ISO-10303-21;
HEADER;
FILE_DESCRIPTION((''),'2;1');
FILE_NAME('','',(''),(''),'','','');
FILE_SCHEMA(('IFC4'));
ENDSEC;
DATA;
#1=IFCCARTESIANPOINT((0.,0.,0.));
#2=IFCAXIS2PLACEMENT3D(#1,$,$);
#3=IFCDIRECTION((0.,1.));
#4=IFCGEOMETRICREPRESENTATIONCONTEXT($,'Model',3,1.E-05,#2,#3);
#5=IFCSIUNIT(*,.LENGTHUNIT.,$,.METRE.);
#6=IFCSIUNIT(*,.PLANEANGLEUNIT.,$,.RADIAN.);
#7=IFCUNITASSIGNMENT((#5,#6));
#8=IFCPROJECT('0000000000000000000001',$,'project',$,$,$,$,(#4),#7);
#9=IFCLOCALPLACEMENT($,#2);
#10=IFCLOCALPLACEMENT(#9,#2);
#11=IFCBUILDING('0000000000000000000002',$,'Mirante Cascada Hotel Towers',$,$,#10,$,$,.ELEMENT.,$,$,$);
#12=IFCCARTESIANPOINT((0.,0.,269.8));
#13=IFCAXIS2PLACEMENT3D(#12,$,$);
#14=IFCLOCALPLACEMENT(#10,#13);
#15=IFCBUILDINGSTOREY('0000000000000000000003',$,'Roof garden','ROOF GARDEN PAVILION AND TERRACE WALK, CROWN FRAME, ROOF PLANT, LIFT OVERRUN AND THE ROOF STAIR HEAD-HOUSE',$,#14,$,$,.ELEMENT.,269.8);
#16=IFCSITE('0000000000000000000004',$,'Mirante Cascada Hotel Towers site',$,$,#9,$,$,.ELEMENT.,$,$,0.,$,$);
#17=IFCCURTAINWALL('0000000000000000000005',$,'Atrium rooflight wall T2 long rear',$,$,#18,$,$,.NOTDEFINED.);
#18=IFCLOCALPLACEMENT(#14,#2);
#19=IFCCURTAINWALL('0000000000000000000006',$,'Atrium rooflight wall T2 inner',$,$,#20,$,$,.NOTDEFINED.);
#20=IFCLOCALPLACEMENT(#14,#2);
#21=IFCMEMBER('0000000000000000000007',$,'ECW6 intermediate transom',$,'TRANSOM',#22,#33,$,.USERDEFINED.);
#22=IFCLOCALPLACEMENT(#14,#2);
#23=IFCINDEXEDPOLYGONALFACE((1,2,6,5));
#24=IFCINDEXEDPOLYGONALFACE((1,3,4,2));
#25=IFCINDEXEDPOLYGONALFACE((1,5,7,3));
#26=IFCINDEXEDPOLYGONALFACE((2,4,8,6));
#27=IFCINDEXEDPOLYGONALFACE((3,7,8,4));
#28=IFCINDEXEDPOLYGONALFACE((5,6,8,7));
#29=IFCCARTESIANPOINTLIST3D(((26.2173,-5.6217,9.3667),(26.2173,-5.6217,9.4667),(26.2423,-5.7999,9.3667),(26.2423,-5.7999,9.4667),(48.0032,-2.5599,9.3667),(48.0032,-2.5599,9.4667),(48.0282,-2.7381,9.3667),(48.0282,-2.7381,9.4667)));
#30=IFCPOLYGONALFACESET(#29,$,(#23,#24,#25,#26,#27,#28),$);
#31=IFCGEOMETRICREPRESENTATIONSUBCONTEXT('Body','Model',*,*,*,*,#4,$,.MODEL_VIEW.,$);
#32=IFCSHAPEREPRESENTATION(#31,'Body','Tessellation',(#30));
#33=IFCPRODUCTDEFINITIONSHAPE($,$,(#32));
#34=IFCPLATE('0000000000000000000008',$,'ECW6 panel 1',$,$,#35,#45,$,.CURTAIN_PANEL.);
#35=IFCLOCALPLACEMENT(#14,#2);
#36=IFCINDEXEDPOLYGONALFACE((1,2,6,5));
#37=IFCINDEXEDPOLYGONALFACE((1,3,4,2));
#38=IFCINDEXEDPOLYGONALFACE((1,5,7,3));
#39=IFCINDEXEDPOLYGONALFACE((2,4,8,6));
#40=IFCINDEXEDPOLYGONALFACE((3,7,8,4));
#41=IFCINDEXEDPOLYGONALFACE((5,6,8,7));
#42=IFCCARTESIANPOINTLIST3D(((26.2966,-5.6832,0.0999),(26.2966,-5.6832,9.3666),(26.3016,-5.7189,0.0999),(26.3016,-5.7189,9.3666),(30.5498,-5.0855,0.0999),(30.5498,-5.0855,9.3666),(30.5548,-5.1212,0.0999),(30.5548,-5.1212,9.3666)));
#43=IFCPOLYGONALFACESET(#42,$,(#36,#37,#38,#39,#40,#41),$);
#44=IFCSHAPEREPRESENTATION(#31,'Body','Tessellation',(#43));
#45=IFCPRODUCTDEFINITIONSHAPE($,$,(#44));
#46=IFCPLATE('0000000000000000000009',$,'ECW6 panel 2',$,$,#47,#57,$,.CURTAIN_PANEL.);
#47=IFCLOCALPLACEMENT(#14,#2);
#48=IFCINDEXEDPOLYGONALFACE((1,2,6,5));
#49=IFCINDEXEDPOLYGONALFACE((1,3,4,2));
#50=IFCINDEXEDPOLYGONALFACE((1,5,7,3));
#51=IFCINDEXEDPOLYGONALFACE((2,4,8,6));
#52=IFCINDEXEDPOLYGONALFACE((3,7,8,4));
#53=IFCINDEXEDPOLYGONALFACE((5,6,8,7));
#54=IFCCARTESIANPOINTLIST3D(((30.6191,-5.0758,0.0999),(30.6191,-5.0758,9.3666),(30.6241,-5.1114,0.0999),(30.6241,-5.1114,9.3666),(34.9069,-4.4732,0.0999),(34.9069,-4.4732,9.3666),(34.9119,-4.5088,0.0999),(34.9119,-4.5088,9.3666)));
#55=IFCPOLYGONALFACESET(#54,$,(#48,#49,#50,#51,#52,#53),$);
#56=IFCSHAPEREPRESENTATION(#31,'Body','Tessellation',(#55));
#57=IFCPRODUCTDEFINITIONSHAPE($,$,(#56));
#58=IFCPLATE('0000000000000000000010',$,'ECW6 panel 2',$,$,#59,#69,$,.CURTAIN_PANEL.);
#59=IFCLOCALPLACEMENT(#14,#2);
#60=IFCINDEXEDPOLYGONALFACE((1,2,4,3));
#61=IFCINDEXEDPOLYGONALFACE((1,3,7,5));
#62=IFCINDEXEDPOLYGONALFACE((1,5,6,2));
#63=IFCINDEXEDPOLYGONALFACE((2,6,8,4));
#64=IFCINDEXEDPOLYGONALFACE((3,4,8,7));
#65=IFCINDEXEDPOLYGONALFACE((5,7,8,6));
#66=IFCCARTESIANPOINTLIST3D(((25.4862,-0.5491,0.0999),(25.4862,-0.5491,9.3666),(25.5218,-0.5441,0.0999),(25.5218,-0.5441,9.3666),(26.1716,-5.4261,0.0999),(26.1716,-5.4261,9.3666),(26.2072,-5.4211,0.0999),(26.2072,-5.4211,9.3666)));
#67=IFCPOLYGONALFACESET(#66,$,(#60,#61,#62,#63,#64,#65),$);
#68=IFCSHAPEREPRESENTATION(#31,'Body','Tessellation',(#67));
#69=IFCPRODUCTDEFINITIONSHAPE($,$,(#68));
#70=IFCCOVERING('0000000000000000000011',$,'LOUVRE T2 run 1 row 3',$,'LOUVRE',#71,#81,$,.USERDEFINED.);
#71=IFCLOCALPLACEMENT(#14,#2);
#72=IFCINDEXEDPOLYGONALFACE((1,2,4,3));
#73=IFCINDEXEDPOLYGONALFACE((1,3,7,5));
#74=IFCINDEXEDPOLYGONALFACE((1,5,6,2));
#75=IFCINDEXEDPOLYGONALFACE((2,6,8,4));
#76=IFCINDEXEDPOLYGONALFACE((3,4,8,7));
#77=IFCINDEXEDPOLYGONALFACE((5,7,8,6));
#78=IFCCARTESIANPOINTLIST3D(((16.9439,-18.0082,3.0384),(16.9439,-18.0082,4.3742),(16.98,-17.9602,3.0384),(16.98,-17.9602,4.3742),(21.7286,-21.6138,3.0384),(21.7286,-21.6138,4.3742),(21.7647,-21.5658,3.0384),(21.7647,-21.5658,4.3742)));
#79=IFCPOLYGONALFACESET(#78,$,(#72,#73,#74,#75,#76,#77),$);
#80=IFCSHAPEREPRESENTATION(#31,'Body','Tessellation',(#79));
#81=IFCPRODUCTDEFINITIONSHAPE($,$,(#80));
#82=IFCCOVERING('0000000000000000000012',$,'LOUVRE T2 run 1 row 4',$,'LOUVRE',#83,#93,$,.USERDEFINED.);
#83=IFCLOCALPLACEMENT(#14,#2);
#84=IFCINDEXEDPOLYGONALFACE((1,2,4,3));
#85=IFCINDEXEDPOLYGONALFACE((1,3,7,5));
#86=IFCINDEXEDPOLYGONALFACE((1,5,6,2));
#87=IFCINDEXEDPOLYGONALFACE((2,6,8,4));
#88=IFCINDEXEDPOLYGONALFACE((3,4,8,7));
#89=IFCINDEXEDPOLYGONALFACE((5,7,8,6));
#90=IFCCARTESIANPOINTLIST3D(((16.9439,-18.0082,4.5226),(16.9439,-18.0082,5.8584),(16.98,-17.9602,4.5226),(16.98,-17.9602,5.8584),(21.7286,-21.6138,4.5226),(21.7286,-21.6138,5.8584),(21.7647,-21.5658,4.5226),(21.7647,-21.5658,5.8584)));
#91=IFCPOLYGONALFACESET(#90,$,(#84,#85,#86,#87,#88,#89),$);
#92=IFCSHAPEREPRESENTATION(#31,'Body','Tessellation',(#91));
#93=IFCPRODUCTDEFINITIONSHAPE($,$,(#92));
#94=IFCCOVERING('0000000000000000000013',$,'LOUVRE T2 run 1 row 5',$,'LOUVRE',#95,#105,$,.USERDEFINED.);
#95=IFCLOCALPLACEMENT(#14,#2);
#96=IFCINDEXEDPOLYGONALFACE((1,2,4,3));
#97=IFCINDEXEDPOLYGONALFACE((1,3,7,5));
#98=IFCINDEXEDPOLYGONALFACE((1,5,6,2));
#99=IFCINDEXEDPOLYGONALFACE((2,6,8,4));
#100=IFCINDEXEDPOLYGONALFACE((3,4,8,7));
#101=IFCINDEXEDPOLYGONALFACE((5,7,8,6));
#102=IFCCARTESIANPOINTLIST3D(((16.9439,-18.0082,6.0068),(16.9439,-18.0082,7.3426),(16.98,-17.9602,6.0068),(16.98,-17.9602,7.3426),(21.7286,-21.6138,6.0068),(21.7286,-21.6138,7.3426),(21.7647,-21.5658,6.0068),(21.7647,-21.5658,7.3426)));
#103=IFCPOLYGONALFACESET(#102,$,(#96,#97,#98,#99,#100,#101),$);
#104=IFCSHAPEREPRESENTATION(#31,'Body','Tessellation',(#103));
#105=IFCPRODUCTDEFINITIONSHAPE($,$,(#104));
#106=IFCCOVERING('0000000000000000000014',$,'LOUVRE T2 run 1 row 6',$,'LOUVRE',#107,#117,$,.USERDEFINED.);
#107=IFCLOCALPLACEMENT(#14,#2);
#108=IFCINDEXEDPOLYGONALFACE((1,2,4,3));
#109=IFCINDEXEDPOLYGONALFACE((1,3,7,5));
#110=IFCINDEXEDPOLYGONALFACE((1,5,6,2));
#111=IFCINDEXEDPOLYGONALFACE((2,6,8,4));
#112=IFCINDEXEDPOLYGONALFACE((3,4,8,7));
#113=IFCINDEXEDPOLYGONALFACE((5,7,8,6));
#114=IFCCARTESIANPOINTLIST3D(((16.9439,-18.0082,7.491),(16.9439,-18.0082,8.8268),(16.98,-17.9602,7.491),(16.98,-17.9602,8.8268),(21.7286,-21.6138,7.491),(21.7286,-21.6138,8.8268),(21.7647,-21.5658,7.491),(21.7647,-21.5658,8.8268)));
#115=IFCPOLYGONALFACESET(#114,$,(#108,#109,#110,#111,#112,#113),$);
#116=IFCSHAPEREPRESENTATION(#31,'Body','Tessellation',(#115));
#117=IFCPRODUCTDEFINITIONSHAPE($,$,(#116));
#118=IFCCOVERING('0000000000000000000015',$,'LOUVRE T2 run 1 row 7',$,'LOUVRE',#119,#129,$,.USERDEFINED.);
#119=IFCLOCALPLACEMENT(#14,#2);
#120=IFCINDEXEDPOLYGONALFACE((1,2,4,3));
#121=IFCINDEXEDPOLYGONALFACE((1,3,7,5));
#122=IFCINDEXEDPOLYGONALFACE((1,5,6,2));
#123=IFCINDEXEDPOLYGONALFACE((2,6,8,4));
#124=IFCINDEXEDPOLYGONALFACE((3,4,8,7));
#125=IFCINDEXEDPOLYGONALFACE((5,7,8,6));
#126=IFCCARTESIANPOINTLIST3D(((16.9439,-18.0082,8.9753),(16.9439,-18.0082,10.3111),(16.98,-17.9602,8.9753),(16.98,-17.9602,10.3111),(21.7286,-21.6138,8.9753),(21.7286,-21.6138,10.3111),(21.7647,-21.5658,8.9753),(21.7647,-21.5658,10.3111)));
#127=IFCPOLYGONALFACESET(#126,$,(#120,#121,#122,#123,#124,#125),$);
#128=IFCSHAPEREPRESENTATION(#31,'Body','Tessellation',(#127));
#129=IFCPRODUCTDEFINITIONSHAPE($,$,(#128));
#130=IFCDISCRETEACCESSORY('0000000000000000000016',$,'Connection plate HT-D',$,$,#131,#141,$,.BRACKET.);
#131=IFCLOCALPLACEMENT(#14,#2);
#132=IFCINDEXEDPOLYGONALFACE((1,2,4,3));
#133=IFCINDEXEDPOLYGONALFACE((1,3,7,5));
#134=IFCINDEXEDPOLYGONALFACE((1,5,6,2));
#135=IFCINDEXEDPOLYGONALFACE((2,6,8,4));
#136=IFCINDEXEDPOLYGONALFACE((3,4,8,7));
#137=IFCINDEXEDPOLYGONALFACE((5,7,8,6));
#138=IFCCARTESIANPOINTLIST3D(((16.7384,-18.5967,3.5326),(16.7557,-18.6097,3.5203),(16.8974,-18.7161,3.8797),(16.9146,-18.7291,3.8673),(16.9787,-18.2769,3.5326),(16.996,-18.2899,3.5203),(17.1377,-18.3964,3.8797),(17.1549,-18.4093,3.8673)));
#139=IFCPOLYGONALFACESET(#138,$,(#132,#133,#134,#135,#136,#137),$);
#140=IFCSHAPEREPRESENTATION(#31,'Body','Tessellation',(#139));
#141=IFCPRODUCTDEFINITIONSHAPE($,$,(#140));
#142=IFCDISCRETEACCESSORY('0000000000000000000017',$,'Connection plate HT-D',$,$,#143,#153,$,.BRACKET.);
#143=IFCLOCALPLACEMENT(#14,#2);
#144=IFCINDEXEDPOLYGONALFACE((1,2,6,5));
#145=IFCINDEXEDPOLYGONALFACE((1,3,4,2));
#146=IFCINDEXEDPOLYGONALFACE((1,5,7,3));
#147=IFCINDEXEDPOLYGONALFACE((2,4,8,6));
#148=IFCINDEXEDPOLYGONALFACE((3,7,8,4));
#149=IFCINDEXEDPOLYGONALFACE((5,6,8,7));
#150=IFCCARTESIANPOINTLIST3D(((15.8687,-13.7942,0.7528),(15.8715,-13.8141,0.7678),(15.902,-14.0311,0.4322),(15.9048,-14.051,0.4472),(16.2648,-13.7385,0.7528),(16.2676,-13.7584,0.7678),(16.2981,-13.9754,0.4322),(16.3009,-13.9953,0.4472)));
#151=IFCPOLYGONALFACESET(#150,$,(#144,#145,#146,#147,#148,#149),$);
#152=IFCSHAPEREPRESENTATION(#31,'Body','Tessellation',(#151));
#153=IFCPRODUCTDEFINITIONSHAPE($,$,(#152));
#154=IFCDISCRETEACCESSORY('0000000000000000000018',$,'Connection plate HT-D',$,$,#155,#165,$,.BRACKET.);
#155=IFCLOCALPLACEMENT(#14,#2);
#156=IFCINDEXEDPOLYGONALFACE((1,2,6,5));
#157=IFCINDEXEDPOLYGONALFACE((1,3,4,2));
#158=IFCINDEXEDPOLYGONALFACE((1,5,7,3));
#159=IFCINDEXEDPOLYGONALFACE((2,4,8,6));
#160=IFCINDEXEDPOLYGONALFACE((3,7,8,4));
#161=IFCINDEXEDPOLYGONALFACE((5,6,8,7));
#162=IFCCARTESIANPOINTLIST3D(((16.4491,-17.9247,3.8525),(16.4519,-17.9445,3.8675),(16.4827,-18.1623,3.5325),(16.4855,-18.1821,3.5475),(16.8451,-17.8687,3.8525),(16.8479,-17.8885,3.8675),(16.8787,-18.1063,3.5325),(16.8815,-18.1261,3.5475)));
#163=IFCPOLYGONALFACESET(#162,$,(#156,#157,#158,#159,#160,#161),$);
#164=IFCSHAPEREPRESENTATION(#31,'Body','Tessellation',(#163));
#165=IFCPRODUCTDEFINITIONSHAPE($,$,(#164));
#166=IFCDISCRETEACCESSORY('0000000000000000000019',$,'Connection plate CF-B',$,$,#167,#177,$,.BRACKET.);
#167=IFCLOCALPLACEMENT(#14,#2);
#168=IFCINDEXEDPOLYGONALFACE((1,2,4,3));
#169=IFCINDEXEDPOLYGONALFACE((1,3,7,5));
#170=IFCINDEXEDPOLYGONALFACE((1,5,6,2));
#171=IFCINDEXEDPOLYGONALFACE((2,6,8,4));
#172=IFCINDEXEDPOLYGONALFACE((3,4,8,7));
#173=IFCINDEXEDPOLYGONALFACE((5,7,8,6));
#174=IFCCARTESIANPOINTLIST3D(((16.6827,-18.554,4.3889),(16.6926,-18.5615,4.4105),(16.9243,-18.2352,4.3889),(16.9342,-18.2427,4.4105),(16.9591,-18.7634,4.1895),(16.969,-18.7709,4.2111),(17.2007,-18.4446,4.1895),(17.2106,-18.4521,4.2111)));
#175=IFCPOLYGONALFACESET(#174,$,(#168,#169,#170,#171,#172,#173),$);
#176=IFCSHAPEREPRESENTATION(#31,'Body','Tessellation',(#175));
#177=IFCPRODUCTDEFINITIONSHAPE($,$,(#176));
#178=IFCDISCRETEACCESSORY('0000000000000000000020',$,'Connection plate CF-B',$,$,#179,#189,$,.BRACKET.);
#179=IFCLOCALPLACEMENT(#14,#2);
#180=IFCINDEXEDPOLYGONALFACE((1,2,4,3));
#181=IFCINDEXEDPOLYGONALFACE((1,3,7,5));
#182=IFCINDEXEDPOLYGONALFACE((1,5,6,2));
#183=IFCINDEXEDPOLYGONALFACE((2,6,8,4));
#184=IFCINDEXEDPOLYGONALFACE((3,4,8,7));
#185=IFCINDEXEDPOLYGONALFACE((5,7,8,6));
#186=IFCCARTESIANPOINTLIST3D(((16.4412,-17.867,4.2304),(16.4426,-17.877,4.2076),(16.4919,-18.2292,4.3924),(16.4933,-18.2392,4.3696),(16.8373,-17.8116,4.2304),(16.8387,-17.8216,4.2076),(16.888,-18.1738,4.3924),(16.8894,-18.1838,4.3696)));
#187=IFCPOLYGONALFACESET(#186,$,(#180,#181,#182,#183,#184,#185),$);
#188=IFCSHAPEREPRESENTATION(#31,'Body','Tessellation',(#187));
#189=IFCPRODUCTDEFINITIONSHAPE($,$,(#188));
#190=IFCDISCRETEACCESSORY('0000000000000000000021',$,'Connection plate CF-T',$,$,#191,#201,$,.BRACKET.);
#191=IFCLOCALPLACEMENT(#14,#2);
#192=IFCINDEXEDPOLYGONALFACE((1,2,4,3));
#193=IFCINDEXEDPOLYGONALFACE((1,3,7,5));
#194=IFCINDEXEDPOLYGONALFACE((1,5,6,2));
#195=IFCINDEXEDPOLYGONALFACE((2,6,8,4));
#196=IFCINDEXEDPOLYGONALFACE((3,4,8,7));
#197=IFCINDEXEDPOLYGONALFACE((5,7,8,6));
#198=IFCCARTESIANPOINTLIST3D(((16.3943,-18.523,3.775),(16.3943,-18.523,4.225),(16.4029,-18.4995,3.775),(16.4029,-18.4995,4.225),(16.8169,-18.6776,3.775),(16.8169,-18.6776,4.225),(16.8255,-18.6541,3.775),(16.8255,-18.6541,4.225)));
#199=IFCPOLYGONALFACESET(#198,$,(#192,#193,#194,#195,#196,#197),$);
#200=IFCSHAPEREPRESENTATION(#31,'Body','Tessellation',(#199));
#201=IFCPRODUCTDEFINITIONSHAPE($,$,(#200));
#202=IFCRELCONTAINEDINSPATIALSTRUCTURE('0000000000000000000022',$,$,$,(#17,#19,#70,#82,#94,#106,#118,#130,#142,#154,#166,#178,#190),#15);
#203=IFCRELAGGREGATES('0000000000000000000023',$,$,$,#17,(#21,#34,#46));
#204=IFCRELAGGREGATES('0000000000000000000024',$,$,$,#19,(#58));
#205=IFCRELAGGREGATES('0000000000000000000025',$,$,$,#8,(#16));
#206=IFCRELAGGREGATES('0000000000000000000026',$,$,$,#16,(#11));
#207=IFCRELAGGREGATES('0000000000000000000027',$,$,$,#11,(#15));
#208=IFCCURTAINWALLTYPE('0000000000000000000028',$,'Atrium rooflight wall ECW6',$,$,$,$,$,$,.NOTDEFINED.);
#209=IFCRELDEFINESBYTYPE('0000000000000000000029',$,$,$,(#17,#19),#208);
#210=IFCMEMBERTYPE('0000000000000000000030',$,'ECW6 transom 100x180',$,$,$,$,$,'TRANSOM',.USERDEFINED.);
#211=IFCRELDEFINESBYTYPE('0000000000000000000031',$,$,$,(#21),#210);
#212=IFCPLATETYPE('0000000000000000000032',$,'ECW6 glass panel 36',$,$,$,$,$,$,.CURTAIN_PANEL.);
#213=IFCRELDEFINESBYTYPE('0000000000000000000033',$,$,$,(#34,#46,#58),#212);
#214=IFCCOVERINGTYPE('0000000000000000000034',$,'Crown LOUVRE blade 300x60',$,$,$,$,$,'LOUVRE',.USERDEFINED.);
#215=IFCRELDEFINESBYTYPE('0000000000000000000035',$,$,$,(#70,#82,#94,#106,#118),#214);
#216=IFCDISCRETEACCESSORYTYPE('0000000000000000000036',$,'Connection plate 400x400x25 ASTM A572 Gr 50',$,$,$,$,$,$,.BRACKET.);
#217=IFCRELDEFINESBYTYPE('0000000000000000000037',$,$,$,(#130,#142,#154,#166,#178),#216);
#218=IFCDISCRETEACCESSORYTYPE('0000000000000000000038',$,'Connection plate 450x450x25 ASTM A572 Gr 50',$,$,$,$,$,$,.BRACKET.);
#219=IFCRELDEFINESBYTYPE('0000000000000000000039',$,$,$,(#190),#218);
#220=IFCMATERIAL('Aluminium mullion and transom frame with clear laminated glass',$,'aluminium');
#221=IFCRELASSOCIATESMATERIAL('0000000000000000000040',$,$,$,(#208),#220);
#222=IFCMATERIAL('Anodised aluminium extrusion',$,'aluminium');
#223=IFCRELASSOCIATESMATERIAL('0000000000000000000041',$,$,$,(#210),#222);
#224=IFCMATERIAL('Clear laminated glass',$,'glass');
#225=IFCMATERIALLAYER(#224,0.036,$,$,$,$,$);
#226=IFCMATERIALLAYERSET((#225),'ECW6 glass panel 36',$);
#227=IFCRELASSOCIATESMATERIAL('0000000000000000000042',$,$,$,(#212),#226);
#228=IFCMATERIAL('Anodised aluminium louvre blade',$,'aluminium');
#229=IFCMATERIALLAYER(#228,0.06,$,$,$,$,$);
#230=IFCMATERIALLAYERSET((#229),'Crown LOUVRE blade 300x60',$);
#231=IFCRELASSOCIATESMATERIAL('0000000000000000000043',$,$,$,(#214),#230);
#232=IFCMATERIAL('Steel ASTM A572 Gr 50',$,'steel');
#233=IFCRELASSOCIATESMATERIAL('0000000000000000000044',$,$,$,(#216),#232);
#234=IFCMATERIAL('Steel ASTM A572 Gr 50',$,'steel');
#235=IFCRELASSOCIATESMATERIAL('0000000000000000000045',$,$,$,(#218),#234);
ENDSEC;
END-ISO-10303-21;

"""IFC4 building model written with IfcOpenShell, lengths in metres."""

from ifc_helpers import new_model, si_unit, direction, frame, origin, origin_2d, place, context, subcontext, project, spatial, rectangle, extrude, material, layer, layer_set, material_profile, profile_set, type_object, element, aggregate, save


model = new_model("IFC4")

# Units and contexts
model_context = context("Model", 3, precision=1e-05, world=origin(), true_north=direction((0.0, 1.0)))
body_context = subcontext(model_context, "Body", "Model", "MODEL_VIEW")
ifc_project = project(units=[si_unit("LENGTHUNIT", "METRE"), si_unit("PLANEANGLEUNIT", "RADIAN")], contexts=[model_context])

# Site, building, storey
site_placement = place(None, origin())
site = spatial("IfcSite", under=ifc_project, at=site_placement, Name="Mirante Cascada Hotel Towers site", CompositionType="ELEMENT", RefElevation=0.0)
building_placement = place(site_placement, origin())
building = spatial("IfcBuilding", under=site, at=building_placement, Name="Mirante Cascada Hotel Towers", CompositionType="ELEMENT")
storey_placement = place(building_placement, frame((0.0, 0.0, 269.8)))
storey = spatial("IfcBuildingStorey", under=building, at=storey_placement, Name="Roof garden", Description="ROOF GARDEN PAVILION AND TERRACE WALK, CROWN FRAME, ROOF PLANT, LIFT OVERRUN AND THE ROOF STAIR HEAD-HOUSE", CompositionType="ELEMENT", Elevation=269.8)

# Curtain wall
ifc_material_1 = material(Name="Aluminium mullion and transom frame with clear laminated glass", Category="aluminium")
curtain_wall_type = type_object("IfcCurtainWallType", Name="Atrium rooflight wall ECW6", PredefinedType="NOTDEFINED", material=ifc_material_1)
curtain_wall_1_placement = place(storey_placement, origin())
curtain_wall_1 = element("IfcCurtainWall", 1, at=curtain_wall_1_placement, inside=storey, type_object=curtain_wall_type, Name="Atrium rooflight wall T2 long rear", PredefinedType="NOTDEFINED")

# Curtain wall
curtain_wall_2_placement = place(storey_placement, origin())
curtain_wall_2 = element("IfcCurtainWall", 2, at=curtain_wall_2_placement, inside=storey, type_object=curtain_wall_type, Name="Atrium rooflight wall T2 inner", PredefinedType="NOTDEFINED")

# Member
ifc_material_2 = material(Name="Anodised aluminium extrusion", Category="aluminium")
ifc_material_profile_1 = material_profile(ifc_material_2, rectangle(XDim=0.18, YDim=0.1, at=origin_2d()), Name="ECW6 TRANSOM 100x180")
ifc_profile_set_1 = profile_set([ifc_material_profile_1], Name="Anodised aluminium extrusion")
member_type_1 = type_object("IfcMemberType", Name="ECW6 transom 100x180", ElementType="TRANSOM", PredefinedType="USERDEFINED", material=ifc_profile_set_1)
member_1_placement = place(storey_placement, frame((26.2298, -5.7108, 9.4167), z_axis=(0.990268, 0.139173, 0.0), x_axis=(-0.139173, 0.990268, 0.0)))
member_1 = element("IfcMember", 3, at=member_1_placement, type_object=member_type_1, Name="ECW6 intermediate transom", ObjectType="TRANSOM", PredefinedType="USERDEFINED", context=body_context, shape_type="SweptSolid", body=[
    extrude(rectangle(XDim=0.18, YDim=0.1, at=origin_2d()), origin(), (0.0, 0.0, 1.0), 22.0),
])

# Plates
ifc_material_3 = material(Name="Clear laminated glass", Category="glass")
ifc_layer_1 = layer(ifc_material_3, 0.036)
ifc_layer_set_1 = layer_set([ifc_layer_1], Name="ECW6 glass panel 36")
plate_type = type_object("IfcPlateType", Name="ECW6 glass panel 36", PredefinedType="CURTAIN_PANEL", material=ifc_layer_set_1)
plate_1_placement = place(storey_placement, frame((28.4257, -5.4022, 0.0999), z_axis=(0.0, 0.0, 1.0), x_axis=(0.990268, 0.139173, 0.0)))
plate_1 = element("IfcPlate", 4, at=plate_1_placement, type_object=plate_type, Name="ECW6 panel 1", PredefinedType="CURTAIN_PANEL", context=body_context, shape_type="SweptSolid", body=[
    extrude(rectangle(XDim=4.295, YDim=0.036, at=origin_2d()), origin(), (0.0, 0.0, 1.0), 9.2667),
])
plate_2_placement = place(storey_placement, frame((32.7655, -4.7923, 0.0999), z_axis=(0.0, 0.0, 1.0), x_axis=(0.990268, 0.139173, 0.0)))
plate_2 = element("IfcPlate", 5, at=plate_2_placement, type_object=plate_type, Name="ECW6 panel 2", PredefinedType="CURTAIN_PANEL", context=body_context, shape_type="SweptSolid", body=[
    extrude(rectangle(XDim=4.33, YDim=0.036, at=origin_2d()), origin(), (0.0, 0.0, 1.0), 9.2667),
])
aggregate(curtain_wall_1, [member_1, plate_1, plate_2])
plate_3_placement = place(storey_placement, frame((25.8467, -2.9851, 0.0999), z_axis=(0.0, 0.0, 1.0), x_axis=(0.139173, -0.990268, 0.0)))
plate_3 = element("IfcPlate", 6, at=plate_3_placement, type_object=plate_type, Name="ECW6 panel 2", PredefinedType="CURTAIN_PANEL", context=body_context, shape_type="SweptSolid", body=[
    extrude(rectangle(XDim=4.925, YDim=0.036, at=origin_2d()), origin(), (0.0, 0.0, 1.0), 9.2667),
])
aggregate(curtain_wall_2, [plate_3])

# Coverings
ifc_material_4 = material(Name="Anodised aluminium louvre blade", Category="aluminium")
ifc_layer_2 = layer(ifc_material_4, 0.06)
ifc_layer_set_2 = layer_set([ifc_layer_2], Name="Crown LOUVRE blade 300x60")
covering_type = type_object("IfcCoveringType", Name="Crown LOUVRE blade 300x60", ElementType="LOUVRE", PredefinedType="USERDEFINED", material=ifc_layer_set_2)
for number, where, z_axis, x_axis, name in (
    (7, (19.3543, -19.787, 3.0384), (0.0, 0.0, 1.0), (-0.798636, 0.601815, 0.0), "LOUVRE T2 run 1 row 3"),
    (8, (19.3543, -19.787, 4.5226), (0.0, 0.0, 1.0), (-0.798636, 0.601815, 0.0), "LOUVRE T2 run 1 row 4"),
    (9, (19.3543, -19.787, 6.0068), (0.0, 0.0, 1.0), (-0.798636, 0.601815, 0.0), "LOUVRE T2 run 1 row 5"),
    (10, (19.3543, -19.787, 7.491), (0.0, 0.0, 1.0), (-0.798636, 0.601815, 0.0), "LOUVRE T2 run 1 row 6"),
    (11, (19.3543, -19.787, 8.9753), (0.0, 0.0, 1.0), (-0.798636, 0.601815, 0.0), "LOUVRE T2 run 1 row 7"),
):
    element("IfcCovering", number, at=place(storey_placement, frame(where, z_axis=z_axis, x_axis=x_axis)), inside=storey, type_object=covering_type, Name=name, ObjectType="LOUVRE", PredefinedType="USERDEFINED", context=body_context, shape_type="SweptSolid", body=[
        extrude(rectangle(XDim=5.9912, YDim=0.06, at=origin_2d()), origin(), (0.0, 0.0, 1.0), 1.3358),
    ])

# Discrete accessories
ifc_material_5 = material(Name="Steel ASTM A572 Gr 50", Category="steel")
ifc_material_profile_2 = material_profile(ifc_material_5, rectangle(XDim=0.4, YDim=0.4, at=origin_2d()), Name="Connection plate 400x400x25 ASTM A572 Gr 50")
ifc_profile_set_2 = profile_set([ifc_material_profile_2], Name="Steel ASTM A572 Gr 50")
discrete_accessory_type_1 = type_object("IfcDiscreteAccessoryType", Name="Connection plate 400x400x25 ASTM A572 Gr 50", PredefinedType="BRACKET", material=ifc_profile_set_2)
discrete_accessory_1_placement = place(storey_placement, frame((16.9553, -18.5095, 3.6938), z_axis=(-0.693639, 0.521232, 0.497175), x_axis=(-0.600739, -0.799445, 0.0)))
element("IfcDiscreteAccessory", 12, at=discrete_accessory_1_placement, inside=storey, type_object=discrete_accessory_type_1, Name="Connection plate HT-D", PredefinedType="BRACKET", context=body_context, shape_type="SweptSolid", body=[
    extrude(rectangle(XDim=0.4, YDim=0.4, at=origin_2d()), origin(), (0.0, 0.0, 1.0), 0.0249),
])
discrete_accessory_2_placement = place(storey_placement, frame((16.0834, -13.8848, 0.5925), z_axis=(0.111657, -0.79356, 0.59816), x_axis=(0.990246, 0.139331, 0.0)))
element("IfcDiscreteAccessory", 13, at=discrete_accessory_2_placement, inside=storey, type_object=discrete_accessory_type_1, Name="Connection plate HT-D", PredefinedType="BRACKET", context=body_context, shape_type="SweptSolid", body=[
    extrude(rectangle(XDim=0.4, YDim=0.4, at=origin_2d()), origin(), (0.0, 0.0, 1.0), 0.0251),
])
discrete_accessory_3_placement = place(storey_placement, frame((16.6639, -18.0155, 3.6925), z_axis=(0.112011, -0.792076, 0.600058), x_axis=(0.990148, 0.140021, 0.0)))
element("IfcDiscreteAccessory", 14, at=discrete_accessory_3_placement, inside=storey, type_object=discrete_accessory_type_1, Name="Connection plate HT-D", PredefinedType="BRACKET", context=body_context, shape_type="SweptSolid", body=[
    extrude(rectangle(XDim=0.4, YDim=0.4, at=origin_2d()), origin(), (0.0, 0.0, 1.0), 0.025),
])
for number, where, z_axis, x_axis, name in (
    (15, (16.9417, -18.4993, 4.2892), (0.397331, -0.301008, 0.866904), (0.603858, 0.797092, 0.0), "Connection plate CF-B"),
    (16, (16.666, -18.0304, 4.2886), (-0.056144, 0.401028, 0.914344), (-0.990342, -0.138648, 0.0), "Connection plate CF-B"),
):
    element("IfcDiscreteAccessory", number, at=place(storey_placement, frame(where, z_axis=z_axis, x_axis=x_axis)), inside=storey, type_object=discrete_accessory_type_1, Name=name, PredefinedType="BRACKET", context=body_context, shape_type="SweptSolid", body=[
        extrude(rectangle(XDim=0.4, YDim=0.4, at=origin_2d()), origin(), (0.0, 0.0, 1.0), 0.0249),
    ])
ifc_material_6 = material(Name="Steel ASTM A572 Gr 50", Category="steel")
ifc_material_profile_3 = material_profile(ifc_material_6, rectangle(XDim=0.45, YDim=0.45, at=origin_2d()), Name="Connection plate 450x450x25 ASTM A572 Gr 50")
ifc_profile_set_3 = profile_set([ifc_material_profile_3], Name="Steel ASTM A572 Gr 50")
discrete_accessory_type_2 = type_object("IfcDiscreteAccessoryType", Name="Connection plate 450x450x25 ASTM A572 Gr 50", PredefinedType="BRACKET", material=ifc_profile_set_3)
discrete_accessory_4_placement = place(storey_placement, frame((16.6056, -18.6003, 4.0), z_axis=(0.343668, 0.939091, 0.0), x_axis=(-0.939091, 0.343668, 0.0)))
element("IfcDiscreteAccessory", 17, at=discrete_accessory_4_placement, inside=storey, type_object=discrete_accessory_type_2, Name="Connection plate CF-T", PredefinedType="BRACKET", context=body_context, shape_type="SweptSolid", body=[
    extrude(rectangle(XDim=0.45, YDim=0.45, at=origin_2d()), origin(), (0.0, 0.0, 1.0), 0.025),
])

save(model, "model.ifc")
